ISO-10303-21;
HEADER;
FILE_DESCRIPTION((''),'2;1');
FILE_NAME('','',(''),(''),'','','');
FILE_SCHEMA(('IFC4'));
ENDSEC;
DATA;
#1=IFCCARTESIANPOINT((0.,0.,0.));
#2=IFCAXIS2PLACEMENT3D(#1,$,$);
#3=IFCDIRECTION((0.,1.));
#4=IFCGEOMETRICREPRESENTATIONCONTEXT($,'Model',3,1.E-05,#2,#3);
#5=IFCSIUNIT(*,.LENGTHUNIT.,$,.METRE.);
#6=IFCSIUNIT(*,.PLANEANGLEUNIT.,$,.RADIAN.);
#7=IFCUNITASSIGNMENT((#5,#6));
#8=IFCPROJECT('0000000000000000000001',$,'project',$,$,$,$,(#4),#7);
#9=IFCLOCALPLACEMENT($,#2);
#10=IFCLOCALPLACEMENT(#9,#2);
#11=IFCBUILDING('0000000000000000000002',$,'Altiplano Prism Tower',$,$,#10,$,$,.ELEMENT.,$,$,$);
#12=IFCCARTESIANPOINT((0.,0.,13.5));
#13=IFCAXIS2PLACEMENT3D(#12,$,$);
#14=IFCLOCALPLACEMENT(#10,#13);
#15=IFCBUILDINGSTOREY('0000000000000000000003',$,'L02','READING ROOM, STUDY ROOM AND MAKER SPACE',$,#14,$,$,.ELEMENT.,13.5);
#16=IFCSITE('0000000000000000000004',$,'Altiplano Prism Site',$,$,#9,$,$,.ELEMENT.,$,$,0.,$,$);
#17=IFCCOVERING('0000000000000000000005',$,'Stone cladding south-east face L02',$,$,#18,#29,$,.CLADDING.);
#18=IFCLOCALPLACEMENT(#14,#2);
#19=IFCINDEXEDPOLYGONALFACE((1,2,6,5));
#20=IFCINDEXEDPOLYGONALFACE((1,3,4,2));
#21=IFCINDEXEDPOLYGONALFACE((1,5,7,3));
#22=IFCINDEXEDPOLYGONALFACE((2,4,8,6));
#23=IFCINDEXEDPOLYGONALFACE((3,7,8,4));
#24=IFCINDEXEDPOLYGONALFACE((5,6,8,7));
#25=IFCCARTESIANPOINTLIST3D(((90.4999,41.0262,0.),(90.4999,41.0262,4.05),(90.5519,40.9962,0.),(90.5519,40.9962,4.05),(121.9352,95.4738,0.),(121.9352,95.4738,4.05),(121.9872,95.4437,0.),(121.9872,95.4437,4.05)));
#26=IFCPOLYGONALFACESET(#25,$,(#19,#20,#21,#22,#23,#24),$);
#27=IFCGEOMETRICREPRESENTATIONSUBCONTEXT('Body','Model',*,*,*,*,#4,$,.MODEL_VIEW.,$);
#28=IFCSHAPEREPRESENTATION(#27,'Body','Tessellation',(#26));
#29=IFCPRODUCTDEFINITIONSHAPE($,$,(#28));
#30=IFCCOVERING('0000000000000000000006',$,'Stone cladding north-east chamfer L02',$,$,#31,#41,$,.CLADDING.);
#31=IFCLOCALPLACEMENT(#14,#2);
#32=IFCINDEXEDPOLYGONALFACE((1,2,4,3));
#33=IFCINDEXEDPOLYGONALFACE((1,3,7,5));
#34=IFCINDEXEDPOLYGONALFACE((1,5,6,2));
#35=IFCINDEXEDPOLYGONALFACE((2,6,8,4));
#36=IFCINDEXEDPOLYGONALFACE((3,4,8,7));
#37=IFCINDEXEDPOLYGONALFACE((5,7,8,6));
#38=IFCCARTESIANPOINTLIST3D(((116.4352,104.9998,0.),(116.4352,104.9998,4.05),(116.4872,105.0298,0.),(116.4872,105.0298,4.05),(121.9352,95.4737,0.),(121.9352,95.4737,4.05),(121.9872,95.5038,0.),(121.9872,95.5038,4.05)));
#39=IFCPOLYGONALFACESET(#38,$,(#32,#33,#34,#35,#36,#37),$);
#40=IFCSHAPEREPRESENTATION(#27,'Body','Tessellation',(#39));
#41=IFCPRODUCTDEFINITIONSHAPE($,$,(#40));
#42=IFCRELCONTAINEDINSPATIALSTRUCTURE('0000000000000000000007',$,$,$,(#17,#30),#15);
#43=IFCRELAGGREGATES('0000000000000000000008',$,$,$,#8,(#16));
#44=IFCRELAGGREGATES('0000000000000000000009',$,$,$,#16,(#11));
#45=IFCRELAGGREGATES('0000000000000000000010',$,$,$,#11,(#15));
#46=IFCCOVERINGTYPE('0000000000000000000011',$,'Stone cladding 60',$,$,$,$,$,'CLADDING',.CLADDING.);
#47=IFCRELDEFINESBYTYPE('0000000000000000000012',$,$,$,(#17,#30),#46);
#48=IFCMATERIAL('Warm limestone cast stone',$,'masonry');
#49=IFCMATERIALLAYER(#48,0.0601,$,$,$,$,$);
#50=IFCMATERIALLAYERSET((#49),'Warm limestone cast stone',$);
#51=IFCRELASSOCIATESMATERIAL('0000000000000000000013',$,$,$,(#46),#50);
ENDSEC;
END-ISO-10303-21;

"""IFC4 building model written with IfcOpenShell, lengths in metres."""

from ifc_helpers import new_model, si_unit, direction, frame, frame_2d, origin, place, context, subcontext, project, spatial, rectangle, extrude, material, layer, layer_set, type_object, element, save


model = new_model("IFC4")

# Units and contexts
model_context = context("Model", 3, precision=1e-05, world=origin(), true_north=direction((0.0, 1.0)))
body_context = subcontext(model_context, "Body", "Model", "MODEL_VIEW")
ifc_project = project(units=[si_unit("LENGTHUNIT", "METRE"), si_unit("PLANEANGLEUNIT", "RADIAN")], contexts=[model_context])

# Site, building, storey
site_placement = place(None, origin())
site = spatial("IfcSite", under=ifc_project, at=site_placement, Name="Altiplano Prism Site", CompositionType="ELEMENT", RefElevation=0.0)
building_placement = place(site_placement, origin())
building = spatial("IfcBuilding", under=site, at=building_placement, Name="Altiplano Prism Tower", CompositionType="ELEMENT")
storey_placement = place(building_placement, frame((0.0, 0.0, 13.5)))
storey = spatial("IfcBuildingStorey", under=building, at=storey_placement, Name="L02", Description="READING ROOM, STUDY ROOM AND MAKER SPACE", CompositionType="ELEMENT", Elevation=13.5)

# Coverings
ifc_material_1 = material(Name="Warm limestone cast stone", Category="masonry")
ifc_layer_1 = layer(ifc_material_1, 0.0601)
ifc_layer_set_1 = layer_set([ifc_layer_1], Name="Warm limestone cast stone")
covering_type = type_object("IfcCoveringType", Name="Stone cladding 60", ElementType="CLADDING", PredefinedType="CLADDING", material=ifc_layer_set_1)
covering_1_placement = place(storey_placement, frame((121.9612, 95.4587, 0.0), z_axis=(0.0, 0.0, 1.0), x_axis=(-0.5, -0.866025, 0.0)))
element("IfcCovering", 1, at=covering_1_placement, inside=storey, type_object=covering_type, Name="Stone cladding south-east face L02", PredefinedType="CLADDING", context=body_context, shape_type="SweptSolid", body=[
    extrude(rectangle(XDim=62.8706, YDim=0.0601, at=frame_2d((31.4353, 0.0))), origin(), (0.0, 0.0, 1.0), 4.05),
])
covering_2_placement = place(storey_placement, frame((116.4612, 105.0149, 0.0), z_axis=(0.0, 0.0, 1.0), x_axis=(0.500006, -0.866022, 0.0)))
element("IfcCovering", 2, at=covering_2_placement, inside=storey, type_object=covering_type, Name="Stone cladding north-east chamfer L02", PredefinedType="CLADDING", context=body_context, shape_type="SweptSolid", body=[
    extrude(rectangle(XDim=10.9998, YDim=0.0601, at=frame_2d((5.5, 0.0))), origin(), (0.0, 0.0, 1.0), 4.05),
])

save(model, "model.ifc")
